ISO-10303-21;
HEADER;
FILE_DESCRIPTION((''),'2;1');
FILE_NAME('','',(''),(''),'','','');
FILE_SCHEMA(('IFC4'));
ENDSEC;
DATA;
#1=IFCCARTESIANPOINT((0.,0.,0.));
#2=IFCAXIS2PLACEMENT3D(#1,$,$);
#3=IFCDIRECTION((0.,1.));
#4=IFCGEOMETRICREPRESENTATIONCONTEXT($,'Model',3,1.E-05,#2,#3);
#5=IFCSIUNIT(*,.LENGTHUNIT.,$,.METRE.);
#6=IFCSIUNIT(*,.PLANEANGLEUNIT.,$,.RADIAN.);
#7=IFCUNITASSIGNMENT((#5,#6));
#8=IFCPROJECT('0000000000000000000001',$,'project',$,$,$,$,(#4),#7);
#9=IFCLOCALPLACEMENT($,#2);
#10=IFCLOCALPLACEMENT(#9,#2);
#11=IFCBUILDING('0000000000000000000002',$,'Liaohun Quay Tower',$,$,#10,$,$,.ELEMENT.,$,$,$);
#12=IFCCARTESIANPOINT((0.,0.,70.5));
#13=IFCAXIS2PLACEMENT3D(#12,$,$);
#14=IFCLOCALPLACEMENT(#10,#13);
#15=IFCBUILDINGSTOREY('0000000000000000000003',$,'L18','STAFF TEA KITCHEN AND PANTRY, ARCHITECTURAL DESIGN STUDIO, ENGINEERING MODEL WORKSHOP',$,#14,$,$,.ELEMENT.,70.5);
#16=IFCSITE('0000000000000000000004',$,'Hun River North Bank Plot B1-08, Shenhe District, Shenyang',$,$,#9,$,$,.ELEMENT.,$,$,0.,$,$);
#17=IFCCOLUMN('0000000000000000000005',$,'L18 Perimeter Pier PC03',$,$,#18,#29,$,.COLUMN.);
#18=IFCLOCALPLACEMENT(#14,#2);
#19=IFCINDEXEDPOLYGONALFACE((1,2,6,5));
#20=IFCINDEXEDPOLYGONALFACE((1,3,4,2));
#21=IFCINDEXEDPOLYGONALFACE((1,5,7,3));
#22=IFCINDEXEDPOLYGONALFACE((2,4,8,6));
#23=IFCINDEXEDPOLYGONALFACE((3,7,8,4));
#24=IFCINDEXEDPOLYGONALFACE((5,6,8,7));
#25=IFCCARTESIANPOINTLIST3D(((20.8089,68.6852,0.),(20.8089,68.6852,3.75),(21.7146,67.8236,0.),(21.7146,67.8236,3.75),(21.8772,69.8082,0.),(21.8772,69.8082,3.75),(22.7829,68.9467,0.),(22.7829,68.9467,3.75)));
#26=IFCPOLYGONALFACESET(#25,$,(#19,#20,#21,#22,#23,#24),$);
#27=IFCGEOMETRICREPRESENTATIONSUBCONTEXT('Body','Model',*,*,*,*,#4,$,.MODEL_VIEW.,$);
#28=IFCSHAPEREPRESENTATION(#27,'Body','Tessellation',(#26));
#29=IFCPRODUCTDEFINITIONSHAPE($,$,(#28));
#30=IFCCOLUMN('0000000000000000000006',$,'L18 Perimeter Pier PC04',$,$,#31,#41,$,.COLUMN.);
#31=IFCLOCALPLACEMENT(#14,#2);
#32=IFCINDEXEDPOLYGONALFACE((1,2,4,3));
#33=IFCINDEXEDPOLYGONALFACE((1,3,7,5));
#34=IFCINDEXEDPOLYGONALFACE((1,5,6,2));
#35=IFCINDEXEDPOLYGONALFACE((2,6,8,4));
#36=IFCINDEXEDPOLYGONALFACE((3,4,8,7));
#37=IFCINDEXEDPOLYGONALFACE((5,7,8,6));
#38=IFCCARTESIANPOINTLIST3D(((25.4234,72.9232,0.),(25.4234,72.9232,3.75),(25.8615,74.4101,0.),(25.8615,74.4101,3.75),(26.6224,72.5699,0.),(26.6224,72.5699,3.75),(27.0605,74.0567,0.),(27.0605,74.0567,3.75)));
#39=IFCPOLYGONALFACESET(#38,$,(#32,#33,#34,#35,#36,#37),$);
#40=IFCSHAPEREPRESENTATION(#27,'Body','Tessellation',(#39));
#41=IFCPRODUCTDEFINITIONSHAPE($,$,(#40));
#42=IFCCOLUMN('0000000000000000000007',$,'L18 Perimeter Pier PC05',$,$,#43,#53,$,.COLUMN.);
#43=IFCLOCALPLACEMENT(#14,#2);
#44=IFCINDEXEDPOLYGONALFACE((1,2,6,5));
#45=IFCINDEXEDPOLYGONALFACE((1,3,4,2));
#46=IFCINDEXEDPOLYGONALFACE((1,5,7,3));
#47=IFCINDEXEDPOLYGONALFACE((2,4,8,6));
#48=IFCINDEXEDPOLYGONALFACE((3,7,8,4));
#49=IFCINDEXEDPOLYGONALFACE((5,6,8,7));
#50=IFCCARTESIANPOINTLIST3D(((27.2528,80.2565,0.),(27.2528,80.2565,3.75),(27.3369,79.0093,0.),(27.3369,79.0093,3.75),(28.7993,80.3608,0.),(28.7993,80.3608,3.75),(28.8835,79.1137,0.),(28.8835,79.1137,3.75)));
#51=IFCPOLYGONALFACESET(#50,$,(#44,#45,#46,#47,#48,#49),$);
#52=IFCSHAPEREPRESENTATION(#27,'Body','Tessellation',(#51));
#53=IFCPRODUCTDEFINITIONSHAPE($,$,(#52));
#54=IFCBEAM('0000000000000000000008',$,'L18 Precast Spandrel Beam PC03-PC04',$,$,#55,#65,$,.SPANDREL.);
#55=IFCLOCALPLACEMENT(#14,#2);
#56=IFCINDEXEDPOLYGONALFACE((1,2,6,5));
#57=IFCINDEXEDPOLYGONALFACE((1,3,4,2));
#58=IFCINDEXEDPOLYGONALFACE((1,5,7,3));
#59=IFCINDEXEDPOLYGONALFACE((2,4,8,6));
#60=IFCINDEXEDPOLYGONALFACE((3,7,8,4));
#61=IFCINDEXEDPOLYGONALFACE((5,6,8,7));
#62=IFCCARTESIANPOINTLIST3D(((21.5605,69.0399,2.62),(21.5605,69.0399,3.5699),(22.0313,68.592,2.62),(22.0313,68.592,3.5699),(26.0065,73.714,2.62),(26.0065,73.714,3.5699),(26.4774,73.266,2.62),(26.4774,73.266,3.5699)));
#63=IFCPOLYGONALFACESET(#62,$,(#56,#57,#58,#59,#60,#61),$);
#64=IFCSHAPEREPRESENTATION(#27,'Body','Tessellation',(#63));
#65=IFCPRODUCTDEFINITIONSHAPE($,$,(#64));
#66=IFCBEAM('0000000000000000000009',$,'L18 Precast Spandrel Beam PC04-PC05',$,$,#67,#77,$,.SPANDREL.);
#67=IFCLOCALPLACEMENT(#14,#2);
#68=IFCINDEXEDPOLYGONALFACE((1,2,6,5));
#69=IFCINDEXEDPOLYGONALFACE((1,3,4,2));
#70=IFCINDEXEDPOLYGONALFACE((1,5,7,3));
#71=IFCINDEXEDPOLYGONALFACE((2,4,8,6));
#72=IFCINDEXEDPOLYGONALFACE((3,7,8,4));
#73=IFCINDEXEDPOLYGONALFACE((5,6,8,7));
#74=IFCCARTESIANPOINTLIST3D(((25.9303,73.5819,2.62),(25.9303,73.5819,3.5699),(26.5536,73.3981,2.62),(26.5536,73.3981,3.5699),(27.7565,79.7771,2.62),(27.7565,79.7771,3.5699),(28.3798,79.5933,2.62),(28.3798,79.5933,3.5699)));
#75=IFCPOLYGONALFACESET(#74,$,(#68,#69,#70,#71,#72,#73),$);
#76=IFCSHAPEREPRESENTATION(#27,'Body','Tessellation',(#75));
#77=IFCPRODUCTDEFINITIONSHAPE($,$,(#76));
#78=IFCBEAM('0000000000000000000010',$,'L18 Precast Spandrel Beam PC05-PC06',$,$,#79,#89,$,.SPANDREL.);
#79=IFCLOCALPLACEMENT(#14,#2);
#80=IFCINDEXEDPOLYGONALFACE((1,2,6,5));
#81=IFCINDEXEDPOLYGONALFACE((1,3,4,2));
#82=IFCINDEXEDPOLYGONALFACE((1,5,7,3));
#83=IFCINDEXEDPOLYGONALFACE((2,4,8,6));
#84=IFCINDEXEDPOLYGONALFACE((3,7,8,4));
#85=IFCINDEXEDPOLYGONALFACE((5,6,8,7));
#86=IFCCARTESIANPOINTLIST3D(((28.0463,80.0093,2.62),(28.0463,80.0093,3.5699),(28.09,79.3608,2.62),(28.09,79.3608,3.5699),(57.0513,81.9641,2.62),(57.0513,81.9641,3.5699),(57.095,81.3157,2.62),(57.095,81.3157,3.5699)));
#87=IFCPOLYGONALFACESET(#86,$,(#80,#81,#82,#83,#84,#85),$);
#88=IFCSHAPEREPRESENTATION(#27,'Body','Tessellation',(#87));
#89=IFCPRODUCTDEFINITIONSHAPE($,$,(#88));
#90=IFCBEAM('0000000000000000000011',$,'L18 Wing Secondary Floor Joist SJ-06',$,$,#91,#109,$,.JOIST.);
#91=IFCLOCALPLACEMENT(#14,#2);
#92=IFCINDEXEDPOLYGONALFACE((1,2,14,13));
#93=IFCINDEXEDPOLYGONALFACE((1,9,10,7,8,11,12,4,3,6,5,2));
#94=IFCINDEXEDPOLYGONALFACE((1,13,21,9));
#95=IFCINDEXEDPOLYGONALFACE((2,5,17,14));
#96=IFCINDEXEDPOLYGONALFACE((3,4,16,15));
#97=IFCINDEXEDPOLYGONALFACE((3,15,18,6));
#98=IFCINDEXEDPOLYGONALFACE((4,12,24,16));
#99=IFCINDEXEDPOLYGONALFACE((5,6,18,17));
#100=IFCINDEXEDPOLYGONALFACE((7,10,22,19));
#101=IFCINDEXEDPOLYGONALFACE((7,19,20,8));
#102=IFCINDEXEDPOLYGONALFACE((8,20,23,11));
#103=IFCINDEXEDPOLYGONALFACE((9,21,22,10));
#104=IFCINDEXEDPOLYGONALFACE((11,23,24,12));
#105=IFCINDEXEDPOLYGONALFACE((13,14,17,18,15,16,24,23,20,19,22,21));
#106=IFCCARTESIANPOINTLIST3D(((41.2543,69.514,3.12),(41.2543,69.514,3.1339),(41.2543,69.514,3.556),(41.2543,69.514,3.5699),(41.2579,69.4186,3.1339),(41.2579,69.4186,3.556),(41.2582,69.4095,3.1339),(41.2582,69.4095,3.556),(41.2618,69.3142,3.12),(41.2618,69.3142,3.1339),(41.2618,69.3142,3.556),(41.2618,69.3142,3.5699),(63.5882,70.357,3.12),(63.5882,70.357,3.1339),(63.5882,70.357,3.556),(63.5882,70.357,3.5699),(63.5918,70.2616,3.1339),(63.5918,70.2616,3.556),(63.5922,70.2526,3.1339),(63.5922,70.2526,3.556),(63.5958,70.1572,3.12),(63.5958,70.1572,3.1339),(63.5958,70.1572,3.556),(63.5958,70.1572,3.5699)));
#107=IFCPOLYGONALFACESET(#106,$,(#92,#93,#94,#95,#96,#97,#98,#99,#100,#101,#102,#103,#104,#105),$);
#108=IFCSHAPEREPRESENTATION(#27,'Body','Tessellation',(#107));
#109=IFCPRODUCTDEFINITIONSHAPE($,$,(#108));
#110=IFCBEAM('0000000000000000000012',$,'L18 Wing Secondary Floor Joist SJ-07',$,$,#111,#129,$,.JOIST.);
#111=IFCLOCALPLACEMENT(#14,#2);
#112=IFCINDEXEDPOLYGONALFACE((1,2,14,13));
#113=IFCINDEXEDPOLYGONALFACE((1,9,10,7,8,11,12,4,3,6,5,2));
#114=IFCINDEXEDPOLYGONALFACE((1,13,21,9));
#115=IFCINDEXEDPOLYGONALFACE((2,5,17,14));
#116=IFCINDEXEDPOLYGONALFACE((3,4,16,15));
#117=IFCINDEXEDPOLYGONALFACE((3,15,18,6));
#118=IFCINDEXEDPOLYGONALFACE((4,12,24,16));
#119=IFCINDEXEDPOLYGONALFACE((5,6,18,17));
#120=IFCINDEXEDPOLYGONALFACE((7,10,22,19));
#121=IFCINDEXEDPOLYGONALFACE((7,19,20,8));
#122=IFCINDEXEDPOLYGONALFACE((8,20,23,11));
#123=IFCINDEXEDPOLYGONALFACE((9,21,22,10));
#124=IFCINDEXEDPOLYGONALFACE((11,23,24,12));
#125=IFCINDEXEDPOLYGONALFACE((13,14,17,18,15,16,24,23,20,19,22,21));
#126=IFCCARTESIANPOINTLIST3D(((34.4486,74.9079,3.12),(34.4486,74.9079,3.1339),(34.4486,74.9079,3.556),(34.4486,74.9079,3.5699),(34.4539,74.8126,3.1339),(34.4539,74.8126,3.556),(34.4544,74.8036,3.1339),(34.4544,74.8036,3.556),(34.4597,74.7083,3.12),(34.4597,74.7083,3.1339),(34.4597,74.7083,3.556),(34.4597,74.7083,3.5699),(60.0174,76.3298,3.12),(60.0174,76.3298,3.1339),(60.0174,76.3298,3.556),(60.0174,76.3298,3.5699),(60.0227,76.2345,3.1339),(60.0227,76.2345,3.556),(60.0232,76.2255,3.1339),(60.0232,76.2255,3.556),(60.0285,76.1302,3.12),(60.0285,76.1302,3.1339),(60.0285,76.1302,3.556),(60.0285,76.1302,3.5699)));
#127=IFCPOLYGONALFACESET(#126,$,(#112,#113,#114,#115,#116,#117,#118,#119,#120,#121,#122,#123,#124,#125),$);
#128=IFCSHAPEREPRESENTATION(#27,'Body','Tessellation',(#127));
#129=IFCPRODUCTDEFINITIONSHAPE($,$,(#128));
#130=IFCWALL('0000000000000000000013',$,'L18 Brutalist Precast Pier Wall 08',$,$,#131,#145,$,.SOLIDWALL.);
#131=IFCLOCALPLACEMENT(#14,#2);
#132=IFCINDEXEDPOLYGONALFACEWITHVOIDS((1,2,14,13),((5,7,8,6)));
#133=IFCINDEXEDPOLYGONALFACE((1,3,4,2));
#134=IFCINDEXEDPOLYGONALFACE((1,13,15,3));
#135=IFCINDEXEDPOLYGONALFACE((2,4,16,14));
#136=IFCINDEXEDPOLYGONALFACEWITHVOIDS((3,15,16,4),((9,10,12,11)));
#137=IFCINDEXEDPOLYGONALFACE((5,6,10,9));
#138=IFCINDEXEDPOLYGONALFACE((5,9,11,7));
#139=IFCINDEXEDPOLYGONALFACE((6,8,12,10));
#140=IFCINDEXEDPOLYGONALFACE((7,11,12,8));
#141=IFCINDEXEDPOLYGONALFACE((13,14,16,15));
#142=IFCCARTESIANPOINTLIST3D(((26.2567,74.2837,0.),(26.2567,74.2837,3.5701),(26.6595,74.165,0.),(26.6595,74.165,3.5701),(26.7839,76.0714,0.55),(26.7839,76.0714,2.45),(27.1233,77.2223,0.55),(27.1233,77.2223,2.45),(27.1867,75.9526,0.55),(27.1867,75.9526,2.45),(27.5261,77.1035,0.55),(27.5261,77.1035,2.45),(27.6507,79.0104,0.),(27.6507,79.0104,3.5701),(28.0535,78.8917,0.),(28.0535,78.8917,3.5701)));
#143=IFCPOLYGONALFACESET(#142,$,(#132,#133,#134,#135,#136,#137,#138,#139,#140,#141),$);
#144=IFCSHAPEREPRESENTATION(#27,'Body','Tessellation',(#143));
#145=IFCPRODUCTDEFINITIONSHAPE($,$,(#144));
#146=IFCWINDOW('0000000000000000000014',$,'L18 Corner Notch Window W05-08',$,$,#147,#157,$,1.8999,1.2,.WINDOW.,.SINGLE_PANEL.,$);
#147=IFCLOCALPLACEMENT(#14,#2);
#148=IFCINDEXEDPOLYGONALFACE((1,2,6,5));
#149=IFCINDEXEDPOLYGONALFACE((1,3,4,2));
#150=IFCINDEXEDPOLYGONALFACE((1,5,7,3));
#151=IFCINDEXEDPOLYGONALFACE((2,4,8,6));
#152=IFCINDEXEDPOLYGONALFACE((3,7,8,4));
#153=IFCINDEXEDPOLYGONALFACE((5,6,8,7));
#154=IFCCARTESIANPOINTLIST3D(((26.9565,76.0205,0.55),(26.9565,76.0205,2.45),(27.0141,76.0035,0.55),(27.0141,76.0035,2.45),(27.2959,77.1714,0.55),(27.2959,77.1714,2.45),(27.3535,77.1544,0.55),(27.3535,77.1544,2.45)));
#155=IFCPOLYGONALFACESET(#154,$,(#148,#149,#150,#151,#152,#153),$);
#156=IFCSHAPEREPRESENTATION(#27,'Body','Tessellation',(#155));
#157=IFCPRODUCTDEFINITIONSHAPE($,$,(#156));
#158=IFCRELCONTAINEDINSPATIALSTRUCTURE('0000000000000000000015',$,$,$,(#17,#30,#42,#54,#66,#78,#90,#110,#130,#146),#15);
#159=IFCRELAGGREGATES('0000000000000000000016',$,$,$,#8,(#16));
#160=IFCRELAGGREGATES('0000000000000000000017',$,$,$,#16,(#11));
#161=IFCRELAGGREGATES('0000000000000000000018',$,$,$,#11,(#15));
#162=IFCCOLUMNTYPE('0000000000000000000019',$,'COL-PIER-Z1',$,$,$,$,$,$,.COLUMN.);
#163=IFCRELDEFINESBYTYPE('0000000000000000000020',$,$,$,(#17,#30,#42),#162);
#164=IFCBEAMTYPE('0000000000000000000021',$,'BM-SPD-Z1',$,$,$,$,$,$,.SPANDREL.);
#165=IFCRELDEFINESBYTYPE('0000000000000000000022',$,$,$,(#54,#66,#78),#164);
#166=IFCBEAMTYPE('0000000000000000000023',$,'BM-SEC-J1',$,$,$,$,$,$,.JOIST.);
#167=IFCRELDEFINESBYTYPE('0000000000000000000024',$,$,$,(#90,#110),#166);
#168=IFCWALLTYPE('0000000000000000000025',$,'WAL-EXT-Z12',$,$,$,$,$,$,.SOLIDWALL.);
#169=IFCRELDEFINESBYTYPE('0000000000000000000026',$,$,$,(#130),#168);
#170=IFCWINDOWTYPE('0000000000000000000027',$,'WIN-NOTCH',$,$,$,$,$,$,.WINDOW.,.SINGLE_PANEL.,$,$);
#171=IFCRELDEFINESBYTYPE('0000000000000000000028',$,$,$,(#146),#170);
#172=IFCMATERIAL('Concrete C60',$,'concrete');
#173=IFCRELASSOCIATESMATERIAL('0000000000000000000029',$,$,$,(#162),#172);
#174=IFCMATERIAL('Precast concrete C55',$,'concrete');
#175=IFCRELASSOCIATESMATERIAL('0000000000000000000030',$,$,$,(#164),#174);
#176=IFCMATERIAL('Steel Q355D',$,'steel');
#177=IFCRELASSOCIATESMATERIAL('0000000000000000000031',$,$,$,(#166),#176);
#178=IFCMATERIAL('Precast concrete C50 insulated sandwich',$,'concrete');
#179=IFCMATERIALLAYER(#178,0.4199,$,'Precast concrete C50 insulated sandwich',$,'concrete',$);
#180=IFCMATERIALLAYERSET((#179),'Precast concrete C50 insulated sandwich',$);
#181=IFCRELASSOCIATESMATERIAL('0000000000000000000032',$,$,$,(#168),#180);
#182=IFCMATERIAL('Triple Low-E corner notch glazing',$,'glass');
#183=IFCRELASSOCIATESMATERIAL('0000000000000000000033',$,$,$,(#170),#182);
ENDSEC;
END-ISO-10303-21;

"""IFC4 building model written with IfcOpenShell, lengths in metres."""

from ifc_helpers import new_model, si_unit, direction, frame, frame_2d, origin, origin_2d, place, context, subcontext, project, spatial, rectangle, i_section, extrude, source, transform, mapped, material, layer, layer_set, material_profile, profile_set, type_object, element, fill, save


model = new_model("IFC4")

# Units and contexts
model_context = context("Model", 3, precision=1e-05, world=origin(), true_north=direction((0.0, 1.0)))
body_context = subcontext(model_context, "Body", "Model", "MODEL_VIEW")
ifc_project = project(units=[si_unit("LENGTHUNIT", "METRE"), si_unit("PLANEANGLEUNIT", "RADIAN")], contexts=[model_context])

# Site, building, storey
site_placement = place(None, origin())
site = spatial("IfcSite", under=ifc_project, at=site_placement, Name="Hun River North Bank Plot B1-08, Shenhe District, Shenyang", CompositionType="ELEMENT", RefElevation=0.0)
building_placement = place(site_placement, origin())
building = spatial("IfcBuilding", under=site, at=building_placement, Name="Liaohun Quay Tower", CompositionType="ELEMENT")
storey_placement = place(building_placement, frame((0.0, 0.0, 70.5)))
storey = spatial("IfcBuildingStorey", under=building, at=storey_placement, Name="L18", Description="STAFF TEA KITCHEN AND PANTRY, ARCHITECTURAL DESIGN STUDIO, ENGINEERING MODEL WORKSHOP", CompositionType="ELEMENT", Elevation=70.5)

# Columns
ifc_material_1 = material(Name="Concrete C60", Category="concrete")
ifc_material_profile_1 = material_profile(ifc_material_1, rectangle(XDim=1.55, YDim=1.25, at=origin_2d()), Name="RC1550x1250")
ifc_profile_set_1 = profile_set([ifc_material_profile_1], Name="Concrete C60")
column_type = type_object("IfcColumnType", Name="COL-PIER-Z1", PredefinedType="COLUMN", material=ifc_profile_set_1)
shared_shape_1 = source(origin(), body_context, "Body", "SweptSolid", [
    extrude(rectangle(XDim=1.55, YDim=1.25, at=origin_2d()), origin(), (0.0, 0.0, 1.0), 3.75),
])
for number, where, z_axis, x_axis, name in (
    (1, (21.7959, 68.8159, 0.0), (0.0, 0.0, 1.0), (0.68924, 0.724533, 0.0), "L18 Perimeter Pier PC03"),
    (2, (26.2419, 73.49, 0.0), (0.0, 0.0, 1.0), (0.282676, 0.959215, 0.0), "L18 Perimeter Pier PC04"),
    (3, (28.0681, 79.6851, 0.0), (0.0, 0.0, 1.0), (0.997732, 0.067319, 0.0), "L18 Perimeter Pier PC05"),
):
    element("IfcColumn", number, at=place(storey_placement, frame(where, z_axis=z_axis, x_axis=x_axis)), inside=storey, type_object=column_type, Name=name, PredefinedType="COLUMN", context=body_context, shape_type="MappedRepresentation", body=[
        mapped(shared_shape_1, transform((0.0, 0.0, 0.0), x_axis=(1.0, 0.0, 0.0), y_axis=(0.0, 1.0, 0.0), z_axis=(0.0, 0.0, 1.0), scale=1.0)),
    ])

# Beams
ifc_material_2 = material(Name="Precast concrete C55", Category="concrete")
ifc_material_profile_2 = material_profile(ifc_material_2, rectangle(XDim=0.6499, YDim=0.95, at=origin_2d()), Name="RC650x950")
ifc_profile_set_2 = profile_set([ifc_material_profile_2], Name="Precast concrete C55")
beam_type_1 = type_object("IfcBeamType", Name="BM-SPD-Z1", PredefinedType="SPANDREL", material=ifc_profile_set_2)
shared_shape_2 = source(origin(), body_context, "Body", "SweptSolid", [
    extrude(rectangle(XDim=0.6499, YDim=0.95, at=origin_2d()), origin(), (0.0, 0.0, 1.0), 6.4509),
])
beam_1_placement = place(storey_placement, frame((21.7959, 68.8159, 3.095), z_axis=(0.689212, 0.72456, 0.0), x_axis=(-0.72456, 0.689212, 0.0)))
element("IfcBeam", 4, at=beam_1_placement, inside=storey, type_object=beam_type_1, Name="L18 Precast Spandrel Beam PC03-PC04", PredefinedType="SPANDREL", context=body_context, shape_type="MappedRepresentation", body=[
    mapped(shared_shape_2, transform((0.0, 0.0, 0.0), x_axis=(1.0, 0.0, 0.0), y_axis=(0.0, 1.0, 0.0), z_axis=(0.0, 0.0, 1.0), scale=1.0)),
])
shared_shape_3 = source(origin(), body_context, "Body", "SweptSolid", [
    extrude(rectangle(XDim=0.6499, YDim=0.95, at=origin_2d()), origin(), (0.0, 0.0, 1.0), 6.4587),
])
beam_2_placement = place(storey_placement, frame((26.2419, 73.49, 3.095), z_axis=(0.28275, 0.959194, 0.0), x_axis=(-0.959194, 0.28275, 0.0)))
element("IfcBeam", 5, at=beam_2_placement, inside=storey, type_object=beam_type_1, Name="L18 Precast Spandrel Beam PC04-PC05", PredefinedType="SPANDREL", context=body_context, shape_type="MappedRepresentation", body=[
    mapped(shared_shape_3, transform((0.0, 0.0, 0.0), x_axis=(1.0, 0.0, 0.0), y_axis=(0.0, 1.0, 0.0), z_axis=(0.0, 0.0, 1.0), scale=1.0)),
])
shared_shape_4 = source(origin(), body_context, "Body", "SweptSolid", [
    extrude(rectangle(XDim=0.6499, YDim=0.95, at=origin_2d()), origin(), (0.0, 0.0, 1.0), 29.0708),
])
beam_3_placement = place(storey_placement, frame((28.0681, 79.6851, 3.095), z_axis=(0.997737, 0.067244, 0.0), x_axis=(-0.067244, 0.997737, 0.0)))
element("IfcBeam", 6, at=beam_3_placement, inside=storey, type_object=beam_type_1, Name="L18 Precast Spandrel Beam PC05-PC06", PredefinedType="SPANDREL", context=body_context, shape_type="MappedRepresentation", body=[
    mapped(shared_shape_4, transform((0.0, 0.0, 0.0), x_axis=(1.0, 0.0, 0.0), y_axis=(0.0, 1.0, 0.0), z_axis=(0.0, 0.0, 1.0), scale=1.0)),
])
ifc_material_3 = material(Name="Steel Q355D", Category="steel")
ifc_material_profile_3 = material_profile(ifc_material_3, i_section(OverallWidth=0.2, OverallDepth=0.45, WebThickness=0.009, FlangeThickness=0.0139, at=origin_2d()), Name="HN450x200x9x14")
ifc_profile_set_3 = profile_set([ifc_material_profile_3], Name="Steel Q355D")
beam_type_2 = type_object("IfcBeamType", Name="BM-SEC-J1", PredefinedType="JOIST", material=ifc_profile_set_3)
shared_shape_5 = source(origin(), body_context, "Body", "SweptSolid", [
    extrude(i_section(OverallWidth=0.2, OverallDepth=0.45, WebThickness=0.009, FlangeThickness=0.0139, at=origin_2d()), origin(), (0.0, 0.0, 1.0), 22.3499),
])
beam_4_placement = place(storey_placement, frame((41.2581, 69.4141, 3.345), z_axis=(0.999288, 0.037719, 0.0), x_axis=(-0.037719, 0.999288, 0.0)))
element("IfcBeam", 7, at=beam_4_placement, inside=storey, type_object=beam_type_2, Name="L18 Wing Secondary Floor Joist SJ-06", PredefinedType="JOIST", context=body_context, shape_type="MappedRepresentation", body=[
    mapped(shared_shape_5, transform((0.0, 0.0, 0.0), x_axis=(1.0, 0.0, 0.0), y_axis=(0.0, 1.0, 0.0), z_axis=(0.0, 0.0, 1.0), scale=1.0)),
])
shared_shape_6 = source(origin(), body_context, "Body", "SweptSolid", [
    extrude(i_section(OverallWidth=0.2, OverallDepth=0.45, WebThickness=0.009, FlangeThickness=0.0139, at=origin_2d()), origin(), (0.0, 0.0, 1.0), 25.6084),
])
beam_5_placement = place(storey_placement, frame((34.4541, 74.8081, 3.345), z_axis=(0.998457, 0.055524, 0.0), x_axis=(-0.055524, 0.998457, 0.0)))
element("IfcBeam", 8, at=beam_5_placement, inside=storey, type_object=beam_type_2, Name="L18 Wing Secondary Floor Joist SJ-07", PredefinedType="JOIST", context=body_context, shape_type="MappedRepresentation", body=[
    mapped(shared_shape_6, transform((0.0, 0.0, 0.0), x_axis=(1.0, 0.0, 0.0), y_axis=(0.0, 1.0, 0.0), z_axis=(0.0, 0.0, 1.0), scale=1.0)),
])

# Wall, opening, window
ifc_material_4 = material(Name="Precast concrete C50 insulated sandwich", Category="concrete")
ifc_layer_1 = layer(ifc_material_4, 0.4199, Name="Precast concrete C50 insulated sandwich", Category="concrete")
ifc_layer_set_1 = layer_set([ifc_layer_1], Name="Precast concrete C50 insulated sandwich")
wall_type_1 = type_object("IfcWallType", Name="WAL-EXT-Z12", PredefinedType="SOLIDWALL", material=ifc_layer_set_1)
wall_1_placement = place(storey_placement, frame((27.8521, 78.9509, 0.0), z_axis=(0.0, 0.0, 1.0), x_axis=(-0.282877, -0.959156, 0.0)))
wall_1 = element("IfcWall", 9, at=wall_1_placement, inside=storey, type_object=wall_type_1, Name="L18 Brutalist Precast Pier Wall 08", PredefinedType="SOLIDWALL", context=body_context, shape_type="SweptSolid", body=[
    extrude(rectangle(XDim=4.928, YDim=0.4199, at=frame_2d((2.4639, 0.0))), origin(), (0.0, 0.0, 1.0), 3.5701),
])
shared_shape_7 = source(origin(), body_context, "Body", "SweptSolid", [
    extrude(rectangle(XDim=1.2, YDim=1.8999, at=frame_2d((0.6001, 0.95))), frame((0.0, 0.22, 0.0), z_axis=(0.0, -1.0, 0.0), x_axis=(1.0, 0.0, 0.0)), (0.0, 0.0, 1.0), 0.4399),
])
opening_1_placement = place(wall_1_placement, frame((1.864, 0.0, 0.55)))
opening_1 = element("IfcOpeningElement", 10, at=opening_1_placement, cuts=wall_1, PredefinedType="OPENING", context=body_context, shape_type="MappedRepresentation", body=[
    mapped(shared_shape_7, transform((0.0, 0.0, 0.0), x_axis=(1.0, 0.0, 0.0), y_axis=(0.0, 1.0, 0.0), z_axis=(0.0, 0.0, 1.0), scale=1.0)),
])
ifc_material_5 = material(Name="Triple Low-E corner notch glazing", Category="glass")
window_type_1 = type_object("IfcWindowType", Name="WIN-NOTCH", PartitioningType="SINGLE_PANEL", PredefinedType="WINDOW", material=ifc_material_5)
shared_shape_8 = source(origin(), body_context, "Body", "SweptSolid", [
    extrude(rectangle(XDim=1.2, YDim=1.8999, at=frame_2d((0.6001, 0.95))), frame((0.0, 0.03, 0.0), z_axis=(0.0, -1.0, 0.0), x_axis=(1.0, 0.0, 0.0)), (0.0, 0.0, 1.0), 0.0601),
])
window_1_placement = place(opening_1_placement, origin())
window_1 = element("IfcWindow", 11, at=window_1_placement, inside=storey, type_object=window_type_1, Name="L18 Corner Notch Window W05-08", OverallHeight=1.8999, OverallWidth=1.2, PartitioningType="SINGLE_PANEL", PredefinedType="WINDOW", context=body_context, shape_type="MappedRepresentation", body=[
    mapped(shared_shape_8, transform((0.0, 0.0, 0.0), x_axis=(1.0, 0.0, 0.0), y_axis=(0.0, 1.0, 0.0), z_axis=(0.0, 0.0, 1.0), scale=1.0)),
])
fill(opening_1, window_1)

save(model, "model.ifc")
